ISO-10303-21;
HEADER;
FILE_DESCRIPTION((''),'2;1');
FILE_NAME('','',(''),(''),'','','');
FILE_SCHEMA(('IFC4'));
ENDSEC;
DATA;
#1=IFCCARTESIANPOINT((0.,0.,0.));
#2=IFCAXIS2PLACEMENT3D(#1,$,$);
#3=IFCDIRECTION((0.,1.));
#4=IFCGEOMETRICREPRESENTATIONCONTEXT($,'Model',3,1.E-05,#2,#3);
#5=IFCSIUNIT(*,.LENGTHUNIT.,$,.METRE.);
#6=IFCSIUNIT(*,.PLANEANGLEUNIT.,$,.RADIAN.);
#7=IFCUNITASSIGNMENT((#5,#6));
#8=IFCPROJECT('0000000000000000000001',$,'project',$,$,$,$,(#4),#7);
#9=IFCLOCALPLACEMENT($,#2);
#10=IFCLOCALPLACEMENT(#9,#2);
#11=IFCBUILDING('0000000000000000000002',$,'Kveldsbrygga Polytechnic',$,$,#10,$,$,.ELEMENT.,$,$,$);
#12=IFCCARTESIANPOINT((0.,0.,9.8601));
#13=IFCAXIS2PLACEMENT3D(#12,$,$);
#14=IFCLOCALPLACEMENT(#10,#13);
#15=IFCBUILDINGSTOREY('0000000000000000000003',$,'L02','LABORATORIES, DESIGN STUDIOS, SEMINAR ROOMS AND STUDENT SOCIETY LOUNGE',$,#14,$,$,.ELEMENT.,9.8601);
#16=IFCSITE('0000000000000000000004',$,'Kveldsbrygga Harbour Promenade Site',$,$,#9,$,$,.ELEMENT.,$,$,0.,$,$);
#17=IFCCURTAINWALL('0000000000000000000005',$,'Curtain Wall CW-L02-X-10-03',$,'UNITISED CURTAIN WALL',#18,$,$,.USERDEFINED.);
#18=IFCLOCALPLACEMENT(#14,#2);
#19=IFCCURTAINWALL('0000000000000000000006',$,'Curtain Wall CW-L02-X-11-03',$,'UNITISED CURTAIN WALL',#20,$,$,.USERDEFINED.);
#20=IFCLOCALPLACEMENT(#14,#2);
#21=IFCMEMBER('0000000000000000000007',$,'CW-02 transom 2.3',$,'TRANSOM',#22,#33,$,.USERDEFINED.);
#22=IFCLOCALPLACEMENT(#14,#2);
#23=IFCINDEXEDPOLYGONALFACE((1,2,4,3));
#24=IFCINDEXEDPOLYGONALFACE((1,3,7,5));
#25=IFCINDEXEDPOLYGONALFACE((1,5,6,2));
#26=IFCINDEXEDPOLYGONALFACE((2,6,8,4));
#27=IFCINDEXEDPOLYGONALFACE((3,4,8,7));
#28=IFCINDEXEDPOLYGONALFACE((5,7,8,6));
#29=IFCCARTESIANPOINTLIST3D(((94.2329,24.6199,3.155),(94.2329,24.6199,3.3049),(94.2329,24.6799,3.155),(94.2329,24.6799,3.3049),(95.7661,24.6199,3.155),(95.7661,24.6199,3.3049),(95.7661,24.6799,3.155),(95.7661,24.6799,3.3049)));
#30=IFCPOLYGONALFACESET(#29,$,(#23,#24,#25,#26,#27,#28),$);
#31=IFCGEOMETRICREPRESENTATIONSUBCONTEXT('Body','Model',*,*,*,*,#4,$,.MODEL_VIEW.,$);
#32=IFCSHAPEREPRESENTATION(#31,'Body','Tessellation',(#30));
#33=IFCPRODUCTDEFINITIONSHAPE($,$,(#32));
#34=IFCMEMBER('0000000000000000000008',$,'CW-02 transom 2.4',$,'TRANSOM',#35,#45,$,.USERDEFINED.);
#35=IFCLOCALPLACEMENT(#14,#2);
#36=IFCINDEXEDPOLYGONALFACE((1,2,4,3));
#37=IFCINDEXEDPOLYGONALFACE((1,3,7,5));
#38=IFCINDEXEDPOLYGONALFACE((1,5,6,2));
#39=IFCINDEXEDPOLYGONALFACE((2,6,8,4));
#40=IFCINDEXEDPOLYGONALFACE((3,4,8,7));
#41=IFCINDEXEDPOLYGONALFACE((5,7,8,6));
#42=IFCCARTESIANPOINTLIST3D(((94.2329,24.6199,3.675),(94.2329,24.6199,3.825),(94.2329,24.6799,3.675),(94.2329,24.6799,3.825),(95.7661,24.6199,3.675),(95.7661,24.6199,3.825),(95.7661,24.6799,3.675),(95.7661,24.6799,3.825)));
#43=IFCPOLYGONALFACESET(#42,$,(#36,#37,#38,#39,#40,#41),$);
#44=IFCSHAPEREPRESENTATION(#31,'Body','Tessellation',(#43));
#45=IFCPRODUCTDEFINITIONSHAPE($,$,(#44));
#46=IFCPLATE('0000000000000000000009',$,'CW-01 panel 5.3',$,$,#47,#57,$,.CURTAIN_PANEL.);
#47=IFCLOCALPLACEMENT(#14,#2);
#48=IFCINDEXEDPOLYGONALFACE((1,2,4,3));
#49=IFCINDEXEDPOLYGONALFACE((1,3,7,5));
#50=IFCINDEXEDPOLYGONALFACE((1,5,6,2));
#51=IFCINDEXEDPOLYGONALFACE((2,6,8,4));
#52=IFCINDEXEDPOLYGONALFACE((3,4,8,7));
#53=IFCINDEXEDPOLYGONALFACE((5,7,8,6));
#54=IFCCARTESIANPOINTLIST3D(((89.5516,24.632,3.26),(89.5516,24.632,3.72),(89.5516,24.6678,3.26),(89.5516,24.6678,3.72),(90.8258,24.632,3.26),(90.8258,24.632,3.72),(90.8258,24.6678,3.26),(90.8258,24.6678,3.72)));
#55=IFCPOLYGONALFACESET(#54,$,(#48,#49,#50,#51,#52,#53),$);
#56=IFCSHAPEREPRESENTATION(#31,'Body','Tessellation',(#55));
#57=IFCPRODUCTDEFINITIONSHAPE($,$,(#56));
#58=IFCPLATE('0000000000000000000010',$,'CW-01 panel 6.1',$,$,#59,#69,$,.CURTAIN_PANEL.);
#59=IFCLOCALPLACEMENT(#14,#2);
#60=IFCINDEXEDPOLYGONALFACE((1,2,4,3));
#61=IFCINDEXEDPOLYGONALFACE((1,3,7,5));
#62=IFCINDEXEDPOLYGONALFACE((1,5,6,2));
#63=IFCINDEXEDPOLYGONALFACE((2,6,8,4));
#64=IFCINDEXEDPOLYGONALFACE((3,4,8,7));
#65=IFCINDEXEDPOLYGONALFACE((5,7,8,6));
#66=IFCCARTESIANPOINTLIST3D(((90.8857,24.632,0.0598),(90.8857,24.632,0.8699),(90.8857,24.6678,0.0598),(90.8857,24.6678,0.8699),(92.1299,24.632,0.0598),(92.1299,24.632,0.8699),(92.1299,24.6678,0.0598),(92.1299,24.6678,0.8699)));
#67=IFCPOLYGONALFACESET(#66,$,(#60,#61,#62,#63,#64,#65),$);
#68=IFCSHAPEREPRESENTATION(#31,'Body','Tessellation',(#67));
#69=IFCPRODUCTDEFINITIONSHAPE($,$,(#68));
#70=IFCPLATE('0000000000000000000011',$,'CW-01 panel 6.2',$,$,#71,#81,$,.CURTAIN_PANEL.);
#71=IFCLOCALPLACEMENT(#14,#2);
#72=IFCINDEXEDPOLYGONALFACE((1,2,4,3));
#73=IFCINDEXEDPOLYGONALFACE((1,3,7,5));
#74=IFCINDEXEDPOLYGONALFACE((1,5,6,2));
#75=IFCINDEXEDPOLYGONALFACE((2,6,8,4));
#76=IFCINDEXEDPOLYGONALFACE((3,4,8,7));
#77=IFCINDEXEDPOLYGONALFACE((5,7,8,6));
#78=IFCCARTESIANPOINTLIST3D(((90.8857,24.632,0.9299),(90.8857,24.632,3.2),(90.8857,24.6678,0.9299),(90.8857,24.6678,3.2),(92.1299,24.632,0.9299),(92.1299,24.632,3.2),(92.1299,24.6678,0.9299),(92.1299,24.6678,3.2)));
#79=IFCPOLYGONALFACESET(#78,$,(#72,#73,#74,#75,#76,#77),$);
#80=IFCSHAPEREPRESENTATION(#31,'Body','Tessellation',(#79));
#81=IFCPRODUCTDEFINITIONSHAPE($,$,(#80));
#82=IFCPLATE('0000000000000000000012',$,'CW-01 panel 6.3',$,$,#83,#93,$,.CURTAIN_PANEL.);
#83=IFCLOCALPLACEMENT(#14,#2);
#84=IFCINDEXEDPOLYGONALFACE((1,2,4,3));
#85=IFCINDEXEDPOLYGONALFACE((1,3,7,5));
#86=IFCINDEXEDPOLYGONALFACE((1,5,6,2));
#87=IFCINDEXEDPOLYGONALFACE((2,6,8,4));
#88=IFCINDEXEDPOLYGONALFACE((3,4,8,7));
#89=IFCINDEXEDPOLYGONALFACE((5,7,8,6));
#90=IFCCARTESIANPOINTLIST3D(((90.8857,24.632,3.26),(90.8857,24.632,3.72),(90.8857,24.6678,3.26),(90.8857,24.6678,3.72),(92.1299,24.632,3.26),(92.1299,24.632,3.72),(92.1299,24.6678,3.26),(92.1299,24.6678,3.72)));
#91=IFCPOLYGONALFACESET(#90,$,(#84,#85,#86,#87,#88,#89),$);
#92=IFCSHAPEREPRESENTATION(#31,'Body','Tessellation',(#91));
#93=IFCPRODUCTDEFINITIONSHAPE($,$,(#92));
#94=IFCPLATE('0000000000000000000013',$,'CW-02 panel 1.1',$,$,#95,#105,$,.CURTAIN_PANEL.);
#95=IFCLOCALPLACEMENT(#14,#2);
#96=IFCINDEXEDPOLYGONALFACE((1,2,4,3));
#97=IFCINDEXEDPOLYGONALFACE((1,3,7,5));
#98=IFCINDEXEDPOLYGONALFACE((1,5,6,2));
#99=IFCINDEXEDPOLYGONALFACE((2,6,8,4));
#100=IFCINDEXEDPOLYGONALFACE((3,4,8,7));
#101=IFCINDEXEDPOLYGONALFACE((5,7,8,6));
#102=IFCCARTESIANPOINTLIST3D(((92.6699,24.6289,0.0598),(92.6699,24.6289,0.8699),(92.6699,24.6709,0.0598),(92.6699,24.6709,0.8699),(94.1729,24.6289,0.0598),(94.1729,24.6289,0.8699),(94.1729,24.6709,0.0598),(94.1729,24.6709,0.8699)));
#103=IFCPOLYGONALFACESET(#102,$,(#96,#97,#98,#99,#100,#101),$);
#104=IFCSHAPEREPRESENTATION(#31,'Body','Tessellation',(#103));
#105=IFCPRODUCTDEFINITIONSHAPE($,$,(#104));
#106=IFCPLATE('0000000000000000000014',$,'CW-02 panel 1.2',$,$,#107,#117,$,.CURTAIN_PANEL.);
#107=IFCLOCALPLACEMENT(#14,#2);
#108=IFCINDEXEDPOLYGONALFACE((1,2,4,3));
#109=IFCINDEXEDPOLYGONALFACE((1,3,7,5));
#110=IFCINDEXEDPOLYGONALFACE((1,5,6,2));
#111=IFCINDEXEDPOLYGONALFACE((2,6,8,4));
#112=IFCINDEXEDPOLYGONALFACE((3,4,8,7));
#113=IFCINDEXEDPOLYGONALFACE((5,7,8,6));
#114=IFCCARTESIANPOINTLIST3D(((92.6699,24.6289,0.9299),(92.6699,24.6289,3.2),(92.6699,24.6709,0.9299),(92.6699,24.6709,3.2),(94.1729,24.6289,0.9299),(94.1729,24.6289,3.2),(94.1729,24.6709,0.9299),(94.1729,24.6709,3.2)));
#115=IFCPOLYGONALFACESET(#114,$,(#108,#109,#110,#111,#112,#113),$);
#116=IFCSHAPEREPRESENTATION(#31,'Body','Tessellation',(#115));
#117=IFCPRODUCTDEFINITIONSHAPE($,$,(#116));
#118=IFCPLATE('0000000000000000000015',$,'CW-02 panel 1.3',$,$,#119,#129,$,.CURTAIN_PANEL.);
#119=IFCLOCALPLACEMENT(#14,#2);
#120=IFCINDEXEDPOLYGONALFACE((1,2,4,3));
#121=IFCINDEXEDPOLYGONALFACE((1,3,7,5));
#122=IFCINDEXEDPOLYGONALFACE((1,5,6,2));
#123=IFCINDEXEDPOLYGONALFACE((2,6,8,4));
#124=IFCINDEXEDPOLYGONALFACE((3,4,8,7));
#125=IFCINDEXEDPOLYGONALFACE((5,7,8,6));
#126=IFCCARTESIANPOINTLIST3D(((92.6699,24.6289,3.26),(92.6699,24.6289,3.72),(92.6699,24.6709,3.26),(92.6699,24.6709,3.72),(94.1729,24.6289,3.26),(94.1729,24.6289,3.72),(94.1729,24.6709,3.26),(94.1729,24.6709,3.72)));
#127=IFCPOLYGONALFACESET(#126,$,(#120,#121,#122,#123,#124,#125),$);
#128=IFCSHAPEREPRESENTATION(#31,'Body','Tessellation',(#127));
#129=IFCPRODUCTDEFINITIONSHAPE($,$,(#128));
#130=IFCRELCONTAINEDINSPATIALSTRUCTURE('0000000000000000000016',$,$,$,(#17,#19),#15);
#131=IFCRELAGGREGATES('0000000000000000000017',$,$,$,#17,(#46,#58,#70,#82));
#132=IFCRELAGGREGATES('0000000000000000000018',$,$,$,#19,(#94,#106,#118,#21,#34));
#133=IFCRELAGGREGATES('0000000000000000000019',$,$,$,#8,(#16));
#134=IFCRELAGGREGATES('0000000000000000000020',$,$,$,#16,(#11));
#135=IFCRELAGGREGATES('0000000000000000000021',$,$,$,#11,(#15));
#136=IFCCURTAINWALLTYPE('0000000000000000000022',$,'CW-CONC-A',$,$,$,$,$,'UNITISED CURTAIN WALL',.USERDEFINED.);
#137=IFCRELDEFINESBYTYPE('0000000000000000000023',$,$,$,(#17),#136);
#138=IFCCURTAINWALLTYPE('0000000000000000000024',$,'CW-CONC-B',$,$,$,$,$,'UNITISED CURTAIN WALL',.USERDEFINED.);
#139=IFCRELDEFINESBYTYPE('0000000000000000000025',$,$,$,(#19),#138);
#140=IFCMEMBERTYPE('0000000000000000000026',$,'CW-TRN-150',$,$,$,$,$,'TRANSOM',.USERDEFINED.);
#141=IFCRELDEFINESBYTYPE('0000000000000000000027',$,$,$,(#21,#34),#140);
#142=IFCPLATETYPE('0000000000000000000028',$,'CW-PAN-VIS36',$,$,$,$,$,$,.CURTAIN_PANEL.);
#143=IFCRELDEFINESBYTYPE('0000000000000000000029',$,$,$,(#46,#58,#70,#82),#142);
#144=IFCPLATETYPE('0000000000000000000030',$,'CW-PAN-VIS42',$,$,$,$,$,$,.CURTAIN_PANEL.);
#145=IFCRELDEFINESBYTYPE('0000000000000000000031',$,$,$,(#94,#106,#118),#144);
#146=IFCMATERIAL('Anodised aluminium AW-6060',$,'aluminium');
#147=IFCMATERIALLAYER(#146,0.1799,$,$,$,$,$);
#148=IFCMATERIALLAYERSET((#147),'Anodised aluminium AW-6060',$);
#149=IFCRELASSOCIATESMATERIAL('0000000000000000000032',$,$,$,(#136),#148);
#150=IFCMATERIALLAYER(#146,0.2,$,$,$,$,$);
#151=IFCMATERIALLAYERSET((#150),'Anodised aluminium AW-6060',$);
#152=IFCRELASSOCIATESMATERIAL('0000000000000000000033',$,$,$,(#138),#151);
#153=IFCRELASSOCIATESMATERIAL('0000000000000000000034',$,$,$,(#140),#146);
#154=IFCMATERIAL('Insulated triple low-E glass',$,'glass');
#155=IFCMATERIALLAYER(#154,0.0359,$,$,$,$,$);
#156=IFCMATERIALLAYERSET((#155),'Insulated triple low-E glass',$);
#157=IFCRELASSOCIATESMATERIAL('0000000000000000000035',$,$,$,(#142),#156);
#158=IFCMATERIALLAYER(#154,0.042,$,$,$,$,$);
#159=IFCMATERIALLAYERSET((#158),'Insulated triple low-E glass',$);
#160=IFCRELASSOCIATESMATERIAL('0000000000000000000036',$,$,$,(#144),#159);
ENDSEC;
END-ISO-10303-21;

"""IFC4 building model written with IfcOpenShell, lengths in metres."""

from ifc_helpers import new_model, si_unit, direction, frame, origin, origin_2d, place, context, subcontext, project, spatial, rectangle, extrude, material, layer, layer_set, material_profile, profile_set, type_object, element, aggregate, save


model = new_model("IFC4")

# Units and contexts
model_context = context("Model", 3, precision=1e-05, world=origin(), true_north=direction((0.0, 1.0)))
body_context = subcontext(model_context, "Body", "Model", "MODEL_VIEW")
ifc_project = project(units=[si_unit("LENGTHUNIT", "METRE"), si_unit("PLANEANGLEUNIT", "RADIAN")], contexts=[model_context])

# Site, building, storey
site_placement = place(None, origin())
site = spatial("IfcSite", under=ifc_project, at=site_placement, Name="Kveldsbrygga Harbour Promenade Site", CompositionType="ELEMENT", RefElevation=0.0)
building_placement = place(site_placement, origin())
building = spatial("IfcBuilding", under=site, at=building_placement, Name="Kveldsbrygga Polytechnic", CompositionType="ELEMENT")
storey_placement = place(building_placement, frame((0.0, 0.0, 9.8601)))
storey = spatial("IfcBuildingStorey", under=building, at=storey_placement, Name="L02", Description="LABORATORIES, DESIGN STUDIOS, SEMINAR ROOMS AND STUDENT SOCIETY LOUNGE", CompositionType="ELEMENT", Elevation=9.8601)

# Curtain walls
ifc_material_1 = material(Name="Anodised aluminium AW-6060", Category="aluminium")
ifc_layer_1 = layer(ifc_material_1, 0.1799)
ifc_layer_set_1 = layer_set([ifc_layer_1], Name="Anodised aluminium AW-6060")
curtain_wall_type_1 = type_object("IfcCurtainWallType", Name="CW-CONC-A", ElementType="UNITISED CURTAIN WALL", PredefinedType="USERDEFINED", material=ifc_layer_set_1)
curtain_wall_1_placement = place(storey_placement, origin())
curtain_wall_1 = element("IfcCurtainWall", 1, at=curtain_wall_1_placement, inside=storey, type_object=curtain_wall_type_1, Name="Curtain Wall CW-L02-X-10-03", ObjectType="UNITISED CURTAIN WALL", PredefinedType="USERDEFINED")
ifc_layer_2 = layer(ifc_material_1, 0.2)
ifc_layer_set_2 = layer_set([ifc_layer_2], Name="Anodised aluminium AW-6060")
curtain_wall_type_2 = type_object("IfcCurtainWallType", Name="CW-CONC-B", ElementType="UNITISED CURTAIN WALL", PredefinedType="USERDEFINED", material=ifc_layer_set_2)
curtain_wall_2_placement = place(storey_placement, origin())
curtain_wall_2 = element("IfcCurtainWall", 2, at=curtain_wall_2_placement, inside=storey, type_object=curtain_wall_type_2, Name="Curtain Wall CW-L02-X-11-03", ObjectType="UNITISED CURTAIN WALL", PredefinedType="USERDEFINED")

# Members
ifc_material_profile_1 = material_profile(ifc_material_1, rectangle(XDim=0.0601, YDim=0.1499, at=origin_2d()), Name="ALU 60x150")
ifc_profile_set_1 = profile_set([ifc_material_profile_1], Name="Anodised aluminium AW-6060")
member_type_1 = type_object("IfcMemberType", Name="CW-TRN-150", ElementType="TRANSOM", PredefinedType="USERDEFINED", material=ifc_profile_set_1)
member_1_placement = place(storey_placement, frame((94.2329, 24.6499, 3.23), z_axis=(1.0, 0.0, 0.0), x_axis=(0.0, 1.0, 0.0)))
member_1 = element("IfcMember", 3, at=member_1_placement, type_object=member_type_1, Name="CW-02 transom 2.3", ObjectType="TRANSOM", PredefinedType="USERDEFINED", context=body_context, shape_type="SweptSolid", body=[
    extrude(rectangle(XDim=0.0601, YDim=0.1499, at=origin_2d()), origin(), (0.0, 0.0, 1.0), 1.5332),
])
member_2_placement = place(storey_placement, frame((94.2329, 24.6499, 3.75), z_axis=(1.0, 0.0, 0.0), x_axis=(0.0, 1.0, 0.0)))
member_2 = element("IfcMember", 4, at=member_2_placement, type_object=member_type_1, Name="CW-02 transom 2.4", ObjectType="TRANSOM", PredefinedType="USERDEFINED", context=body_context, shape_type="SweptSolid", body=[
    extrude(rectangle(XDim=0.0601, YDim=0.1499, at=origin_2d()), origin(), (0.0, 0.0, 1.0), 1.5332),
])

# Plates
ifc_material_2 = material(Name="Insulated triple low-E glass", Category="glass")
ifc_layer_3 = layer(ifc_material_2, 0.0359)
ifc_layer_set_3 = layer_set([ifc_layer_3], Name="Insulated triple low-E glass")
plate_type_1 = type_object("IfcPlateType", Name="CW-PAN-VIS36", PredefinedType="CURTAIN_PANEL", material=ifc_layer_set_3)
plate_1_placement = place(storey_placement, frame((90.1887, 24.6499, 3.26), z_axis=(0.0, 0.0, 1.0), x_axis=(1.0, 0.0, 0.0)))
plate_1 = element("IfcPlate", 5, at=plate_1_placement, type_object=plate_type_1, Name="CW-01 panel 5.3", PredefinedType="CURTAIN_PANEL", context=body_context, shape_type="SweptSolid", body=[
    extrude(rectangle(XDim=1.2742, YDim=0.0359, at=origin_2d()), origin(), (0.0, 0.0, 1.0), 0.46),
])
plate_2_placement = place(storey_placement, frame((91.5078, 24.6499, 0.0598), z_axis=(0.0, 0.0, 1.0), x_axis=(1.0, 0.0, 0.0)))
plate_2 = element("IfcPlate", 6, at=plate_2_placement, type_object=plate_type_1, Name="CW-01 panel 6.1", PredefinedType="CURTAIN_PANEL", context=body_context, shape_type="SweptSolid", body=[
    extrude(rectangle(XDim=1.2441, YDim=0.0359, at=origin_2d()), origin(), (0.0, 0.0, 1.0), 0.8101),
])
plate_3_placement = place(storey_placement, frame((91.5078, 24.6499, 0.9299), z_axis=(0.0, 0.0, 1.0), x_axis=(1.0, 0.0, 0.0)))
plate_3 = element("IfcPlate", 7, at=plate_3_placement, type_object=plate_type_1, Name="CW-01 panel 6.2", PredefinedType="CURTAIN_PANEL", context=body_context, shape_type="SweptSolid", body=[
    extrude(rectangle(XDim=1.2441, YDim=0.0359, at=origin_2d()), origin(), (0.0, 0.0, 1.0), 2.27),
])
plate_4_placement = place(storey_placement, frame((91.5078, 24.6499, 3.26), z_axis=(0.0, 0.0, 1.0), x_axis=(1.0, 0.0, 0.0)))
plate_4 = element("IfcPlate", 8, at=plate_4_placement, type_object=plate_type_1, Name="CW-01 panel 6.3", PredefinedType="CURTAIN_PANEL", context=body_context, shape_type="SweptSolid", body=[
    extrude(rectangle(XDim=1.2441, YDim=0.0359, at=origin_2d()), origin(), (0.0, 0.0, 1.0), 0.46),
])
aggregate(curtain_wall_1, [plate_1, plate_2, plate_3, plate_4])
ifc_layer_4 = layer(ifc_material_2, 0.042)
ifc_layer_set_4 = layer_set([ifc_layer_4], Name="Insulated triple low-E glass")
plate_type_2 = type_object("IfcPlateType", Name="CW-PAN-VIS42", PredefinedType="CURTAIN_PANEL", material=ifc_layer_set_4)
plate_5_placement = place(storey_placement, frame((93.4214, 24.6499, 0.0598), z_axis=(0.0, 0.0, 1.0), x_axis=(1.0, 0.0, 0.0)))
plate_5 = element("IfcPlate", 9, at=plate_5_placement, type_object=plate_type_2, Name="CW-02 panel 1.1", PredefinedType="CURTAIN_PANEL", context=body_context, shape_type="SweptSolid", body=[
    extrude(rectangle(XDim=1.5029, YDim=0.042, at=origin_2d()), origin(), (0.0, 0.0, 1.0), 0.8101),
])
plate_6_placement = place(storey_placement, frame((93.4214, 24.6499, 0.9299), z_axis=(0.0, 0.0, 1.0), x_axis=(1.0, 0.0, 0.0)))
plate_6 = element("IfcPlate", 10, at=plate_6_placement, type_object=plate_type_2, Name="CW-02 panel 1.2", PredefinedType="CURTAIN_PANEL", context=body_context, shape_type="SweptSolid", body=[
    extrude(rectangle(XDim=1.5029, YDim=0.042, at=origin_2d()), origin(), (0.0, 0.0, 1.0), 2.27),
])
plate_7_placement = place(storey_placement, frame((93.4214, 24.6499, 3.26), z_axis=(0.0, 0.0, 1.0), x_axis=(1.0, 0.0, 0.0)))
plate_7 = element("IfcPlate", 11, at=plate_7_placement, type_object=plate_type_2, Name="CW-02 panel 1.3", PredefinedType="CURTAIN_PANEL", context=body_context, shape_type="SweptSolid", body=[
    extrude(rectangle(XDim=1.5029, YDim=0.042, at=origin_2d()), origin(), (0.0, 0.0, 1.0), 0.46),
])
aggregate(curtain_wall_2, [plate_5, plate_6, plate_7, member_1, member_2])

save(model, "model.ifc")
